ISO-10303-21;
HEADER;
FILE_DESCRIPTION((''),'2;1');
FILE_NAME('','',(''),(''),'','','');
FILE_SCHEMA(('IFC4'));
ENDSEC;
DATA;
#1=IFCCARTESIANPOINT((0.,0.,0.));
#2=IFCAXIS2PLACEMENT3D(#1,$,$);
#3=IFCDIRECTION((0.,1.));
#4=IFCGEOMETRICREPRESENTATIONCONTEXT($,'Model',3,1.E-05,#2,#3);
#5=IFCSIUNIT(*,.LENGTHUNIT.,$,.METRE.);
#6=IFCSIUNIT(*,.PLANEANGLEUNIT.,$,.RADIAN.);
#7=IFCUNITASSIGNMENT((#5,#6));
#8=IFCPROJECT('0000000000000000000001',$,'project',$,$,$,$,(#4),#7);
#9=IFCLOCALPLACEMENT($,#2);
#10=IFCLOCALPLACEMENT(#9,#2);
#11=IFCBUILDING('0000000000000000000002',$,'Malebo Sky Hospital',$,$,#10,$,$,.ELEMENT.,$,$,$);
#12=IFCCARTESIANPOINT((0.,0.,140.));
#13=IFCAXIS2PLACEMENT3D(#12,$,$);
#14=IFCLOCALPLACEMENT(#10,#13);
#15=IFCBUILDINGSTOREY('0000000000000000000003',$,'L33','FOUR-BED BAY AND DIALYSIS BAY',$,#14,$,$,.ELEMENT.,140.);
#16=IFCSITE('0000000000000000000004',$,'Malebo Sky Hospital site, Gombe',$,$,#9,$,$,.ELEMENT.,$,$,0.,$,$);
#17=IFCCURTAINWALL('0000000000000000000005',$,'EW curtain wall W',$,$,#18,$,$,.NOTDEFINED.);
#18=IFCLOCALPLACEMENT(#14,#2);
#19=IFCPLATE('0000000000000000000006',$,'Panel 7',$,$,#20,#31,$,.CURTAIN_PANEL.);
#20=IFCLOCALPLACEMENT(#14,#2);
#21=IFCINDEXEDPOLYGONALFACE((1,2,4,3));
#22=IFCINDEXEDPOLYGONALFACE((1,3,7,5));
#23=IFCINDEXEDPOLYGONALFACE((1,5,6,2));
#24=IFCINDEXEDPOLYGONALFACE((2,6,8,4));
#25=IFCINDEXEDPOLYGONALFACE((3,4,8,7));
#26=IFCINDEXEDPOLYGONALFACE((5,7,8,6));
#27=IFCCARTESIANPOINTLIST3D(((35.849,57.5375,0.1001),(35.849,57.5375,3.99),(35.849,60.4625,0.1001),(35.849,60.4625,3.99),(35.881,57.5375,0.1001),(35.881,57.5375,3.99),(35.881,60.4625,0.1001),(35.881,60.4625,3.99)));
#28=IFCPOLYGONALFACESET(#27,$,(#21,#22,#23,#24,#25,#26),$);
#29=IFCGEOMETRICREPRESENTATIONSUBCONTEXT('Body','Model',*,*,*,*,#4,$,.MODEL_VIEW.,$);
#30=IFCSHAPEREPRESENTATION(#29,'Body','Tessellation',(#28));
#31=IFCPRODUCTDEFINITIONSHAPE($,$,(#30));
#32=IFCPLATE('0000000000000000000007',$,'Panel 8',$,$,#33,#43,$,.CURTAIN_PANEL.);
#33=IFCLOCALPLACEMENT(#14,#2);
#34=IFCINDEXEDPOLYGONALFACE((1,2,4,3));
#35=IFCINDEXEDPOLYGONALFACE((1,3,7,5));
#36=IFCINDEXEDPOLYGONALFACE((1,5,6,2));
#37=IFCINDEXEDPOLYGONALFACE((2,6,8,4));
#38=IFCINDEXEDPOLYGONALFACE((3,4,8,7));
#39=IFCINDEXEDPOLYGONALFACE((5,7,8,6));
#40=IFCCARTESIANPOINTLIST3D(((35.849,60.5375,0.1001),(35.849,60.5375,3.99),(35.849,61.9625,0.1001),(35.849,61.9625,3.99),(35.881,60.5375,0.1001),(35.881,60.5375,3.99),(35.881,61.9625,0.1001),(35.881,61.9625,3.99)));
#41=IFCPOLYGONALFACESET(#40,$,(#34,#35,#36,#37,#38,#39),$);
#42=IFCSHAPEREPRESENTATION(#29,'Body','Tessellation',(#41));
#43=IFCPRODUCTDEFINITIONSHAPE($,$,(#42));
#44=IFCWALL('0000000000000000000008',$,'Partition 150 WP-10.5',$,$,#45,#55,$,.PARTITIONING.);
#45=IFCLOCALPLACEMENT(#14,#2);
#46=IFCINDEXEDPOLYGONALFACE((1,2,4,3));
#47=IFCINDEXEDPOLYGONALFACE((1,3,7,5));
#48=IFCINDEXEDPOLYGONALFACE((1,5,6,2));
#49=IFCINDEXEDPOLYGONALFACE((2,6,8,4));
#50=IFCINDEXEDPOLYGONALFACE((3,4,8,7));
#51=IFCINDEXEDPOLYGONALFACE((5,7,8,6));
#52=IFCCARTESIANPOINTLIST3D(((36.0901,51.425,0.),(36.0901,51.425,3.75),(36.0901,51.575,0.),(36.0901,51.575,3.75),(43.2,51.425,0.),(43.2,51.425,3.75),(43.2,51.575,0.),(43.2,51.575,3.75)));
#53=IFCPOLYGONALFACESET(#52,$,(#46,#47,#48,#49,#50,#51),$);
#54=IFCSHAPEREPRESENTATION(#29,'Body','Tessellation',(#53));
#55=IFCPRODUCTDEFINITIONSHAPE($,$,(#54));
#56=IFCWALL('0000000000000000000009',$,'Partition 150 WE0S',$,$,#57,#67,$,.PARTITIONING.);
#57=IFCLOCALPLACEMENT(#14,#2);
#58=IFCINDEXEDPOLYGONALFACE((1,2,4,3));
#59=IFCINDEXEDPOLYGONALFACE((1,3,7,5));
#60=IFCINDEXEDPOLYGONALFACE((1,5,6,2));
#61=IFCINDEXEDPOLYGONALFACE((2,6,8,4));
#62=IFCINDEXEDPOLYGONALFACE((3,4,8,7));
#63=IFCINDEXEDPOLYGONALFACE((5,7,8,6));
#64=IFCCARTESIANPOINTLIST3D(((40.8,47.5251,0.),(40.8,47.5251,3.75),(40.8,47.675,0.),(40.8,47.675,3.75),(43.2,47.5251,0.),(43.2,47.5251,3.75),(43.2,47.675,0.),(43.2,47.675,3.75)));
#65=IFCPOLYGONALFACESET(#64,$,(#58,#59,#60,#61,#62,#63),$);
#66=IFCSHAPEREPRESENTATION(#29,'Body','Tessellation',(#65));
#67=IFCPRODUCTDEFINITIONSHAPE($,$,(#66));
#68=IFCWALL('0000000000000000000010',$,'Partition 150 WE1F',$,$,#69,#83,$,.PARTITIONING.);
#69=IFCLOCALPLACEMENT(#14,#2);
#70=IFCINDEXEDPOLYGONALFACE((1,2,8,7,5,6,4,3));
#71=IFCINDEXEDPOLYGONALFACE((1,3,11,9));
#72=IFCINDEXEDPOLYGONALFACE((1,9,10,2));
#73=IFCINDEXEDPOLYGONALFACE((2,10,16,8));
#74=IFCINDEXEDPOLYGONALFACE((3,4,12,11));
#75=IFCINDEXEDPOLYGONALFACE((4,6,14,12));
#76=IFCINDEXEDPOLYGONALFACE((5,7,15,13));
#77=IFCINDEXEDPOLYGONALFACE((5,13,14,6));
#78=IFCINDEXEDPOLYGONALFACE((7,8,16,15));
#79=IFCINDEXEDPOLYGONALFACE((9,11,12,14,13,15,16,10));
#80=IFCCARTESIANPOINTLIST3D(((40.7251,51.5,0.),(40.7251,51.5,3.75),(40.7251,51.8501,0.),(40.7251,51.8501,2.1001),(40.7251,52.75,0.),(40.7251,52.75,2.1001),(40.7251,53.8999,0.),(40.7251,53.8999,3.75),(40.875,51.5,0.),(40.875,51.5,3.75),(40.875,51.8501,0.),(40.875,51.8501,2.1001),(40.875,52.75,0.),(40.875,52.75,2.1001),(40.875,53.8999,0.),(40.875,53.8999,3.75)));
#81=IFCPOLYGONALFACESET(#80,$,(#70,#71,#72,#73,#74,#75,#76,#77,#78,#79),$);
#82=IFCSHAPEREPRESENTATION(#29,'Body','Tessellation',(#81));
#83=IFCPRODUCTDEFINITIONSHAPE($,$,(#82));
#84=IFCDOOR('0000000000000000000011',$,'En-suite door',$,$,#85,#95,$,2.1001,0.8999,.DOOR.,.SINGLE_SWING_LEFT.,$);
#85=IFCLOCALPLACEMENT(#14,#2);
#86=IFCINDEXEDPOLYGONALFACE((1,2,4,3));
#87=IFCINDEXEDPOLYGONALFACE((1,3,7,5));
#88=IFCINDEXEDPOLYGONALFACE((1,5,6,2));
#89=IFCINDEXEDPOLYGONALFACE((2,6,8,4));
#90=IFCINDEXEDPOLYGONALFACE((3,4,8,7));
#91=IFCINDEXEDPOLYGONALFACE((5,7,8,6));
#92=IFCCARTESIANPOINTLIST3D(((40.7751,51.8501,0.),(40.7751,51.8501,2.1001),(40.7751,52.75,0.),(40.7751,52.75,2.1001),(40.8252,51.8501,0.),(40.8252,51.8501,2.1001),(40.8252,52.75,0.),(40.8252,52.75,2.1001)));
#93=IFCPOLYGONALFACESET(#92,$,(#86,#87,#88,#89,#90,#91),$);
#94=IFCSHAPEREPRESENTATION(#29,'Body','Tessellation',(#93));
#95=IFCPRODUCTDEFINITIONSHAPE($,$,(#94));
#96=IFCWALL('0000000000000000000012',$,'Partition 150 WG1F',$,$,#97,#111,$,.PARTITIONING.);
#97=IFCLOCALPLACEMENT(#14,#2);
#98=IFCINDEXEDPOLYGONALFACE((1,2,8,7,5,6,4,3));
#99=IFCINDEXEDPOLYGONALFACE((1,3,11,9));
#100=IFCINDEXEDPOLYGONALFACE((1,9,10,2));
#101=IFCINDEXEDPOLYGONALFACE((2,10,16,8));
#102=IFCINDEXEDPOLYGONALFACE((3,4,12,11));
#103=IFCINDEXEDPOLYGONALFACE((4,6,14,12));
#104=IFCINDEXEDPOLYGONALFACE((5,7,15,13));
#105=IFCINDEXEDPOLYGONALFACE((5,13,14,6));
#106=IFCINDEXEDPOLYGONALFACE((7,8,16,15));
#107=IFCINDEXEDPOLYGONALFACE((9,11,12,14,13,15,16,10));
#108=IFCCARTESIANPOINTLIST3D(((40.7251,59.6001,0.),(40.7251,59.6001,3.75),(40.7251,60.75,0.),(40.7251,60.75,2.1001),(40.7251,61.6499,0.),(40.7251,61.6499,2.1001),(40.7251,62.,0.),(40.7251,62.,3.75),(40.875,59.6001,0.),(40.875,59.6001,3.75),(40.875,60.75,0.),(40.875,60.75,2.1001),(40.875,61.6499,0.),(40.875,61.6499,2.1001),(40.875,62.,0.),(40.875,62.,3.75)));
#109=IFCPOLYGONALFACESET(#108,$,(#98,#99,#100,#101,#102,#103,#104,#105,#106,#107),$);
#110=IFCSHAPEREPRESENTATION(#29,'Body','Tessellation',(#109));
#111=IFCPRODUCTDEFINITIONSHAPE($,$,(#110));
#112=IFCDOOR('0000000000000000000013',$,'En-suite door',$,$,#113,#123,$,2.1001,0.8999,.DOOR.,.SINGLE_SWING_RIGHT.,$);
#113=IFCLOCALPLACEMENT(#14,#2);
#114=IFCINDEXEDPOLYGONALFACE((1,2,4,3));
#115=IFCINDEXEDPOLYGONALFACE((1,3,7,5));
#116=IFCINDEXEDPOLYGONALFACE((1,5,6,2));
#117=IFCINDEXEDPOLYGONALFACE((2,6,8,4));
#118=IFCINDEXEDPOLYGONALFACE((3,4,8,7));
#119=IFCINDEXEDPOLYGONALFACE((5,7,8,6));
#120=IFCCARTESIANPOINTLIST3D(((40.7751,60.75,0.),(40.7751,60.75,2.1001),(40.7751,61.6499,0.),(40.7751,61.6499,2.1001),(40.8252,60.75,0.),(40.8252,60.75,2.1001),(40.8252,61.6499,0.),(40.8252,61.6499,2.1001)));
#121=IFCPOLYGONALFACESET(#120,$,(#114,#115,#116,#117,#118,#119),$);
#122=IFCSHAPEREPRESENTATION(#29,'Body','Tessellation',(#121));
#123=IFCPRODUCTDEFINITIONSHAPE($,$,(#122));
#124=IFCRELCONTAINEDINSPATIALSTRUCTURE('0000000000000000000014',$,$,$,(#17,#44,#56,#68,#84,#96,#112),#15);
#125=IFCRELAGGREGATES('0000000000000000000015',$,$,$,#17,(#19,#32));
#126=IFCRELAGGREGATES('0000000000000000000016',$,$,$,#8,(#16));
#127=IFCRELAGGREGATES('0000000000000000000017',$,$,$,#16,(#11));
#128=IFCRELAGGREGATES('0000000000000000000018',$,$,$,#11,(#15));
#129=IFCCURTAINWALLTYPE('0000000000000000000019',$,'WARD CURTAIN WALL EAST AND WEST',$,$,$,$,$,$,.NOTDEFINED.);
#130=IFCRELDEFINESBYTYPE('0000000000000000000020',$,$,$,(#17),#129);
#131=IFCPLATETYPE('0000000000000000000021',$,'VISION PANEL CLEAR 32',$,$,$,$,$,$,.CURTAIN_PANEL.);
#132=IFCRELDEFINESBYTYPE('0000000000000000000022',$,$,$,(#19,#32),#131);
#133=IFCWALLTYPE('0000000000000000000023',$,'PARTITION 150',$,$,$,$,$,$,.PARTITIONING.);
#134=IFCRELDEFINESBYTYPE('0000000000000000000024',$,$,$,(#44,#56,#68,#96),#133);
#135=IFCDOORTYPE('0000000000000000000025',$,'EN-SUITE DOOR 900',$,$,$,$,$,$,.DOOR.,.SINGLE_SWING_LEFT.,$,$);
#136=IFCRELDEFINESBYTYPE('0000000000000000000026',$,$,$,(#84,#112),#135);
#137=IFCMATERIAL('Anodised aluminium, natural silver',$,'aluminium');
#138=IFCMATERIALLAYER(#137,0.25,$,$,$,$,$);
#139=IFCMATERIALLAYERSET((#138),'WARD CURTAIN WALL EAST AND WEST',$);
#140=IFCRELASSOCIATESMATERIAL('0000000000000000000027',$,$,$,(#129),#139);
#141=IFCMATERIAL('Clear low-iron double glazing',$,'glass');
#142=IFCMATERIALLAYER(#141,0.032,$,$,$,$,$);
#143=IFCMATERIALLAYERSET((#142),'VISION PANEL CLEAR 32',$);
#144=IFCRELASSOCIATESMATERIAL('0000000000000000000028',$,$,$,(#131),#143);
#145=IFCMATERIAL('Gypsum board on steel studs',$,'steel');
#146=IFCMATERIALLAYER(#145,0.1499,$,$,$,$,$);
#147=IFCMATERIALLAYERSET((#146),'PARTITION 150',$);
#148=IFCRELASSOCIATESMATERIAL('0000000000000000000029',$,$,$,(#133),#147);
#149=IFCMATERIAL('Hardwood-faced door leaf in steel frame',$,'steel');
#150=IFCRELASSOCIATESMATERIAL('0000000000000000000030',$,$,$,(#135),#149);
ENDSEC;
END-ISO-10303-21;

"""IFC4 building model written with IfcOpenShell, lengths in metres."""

from ifc_helpers import new_model, si_unit, direction, frame, frame_2d, origin, origin_2d, place, context, subcontext, project, spatial, rectangle, extrude, material, layer, layer_set, type_object, element, fill, aggregate, save


model = new_model("IFC4")

# Units and contexts
model_context = context("Model", 3, precision=1e-05, world=origin(), true_north=direction((0.0, 1.0)))
body_context = subcontext(model_context, "Body", "Model", "MODEL_VIEW")
ifc_project = project(units=[si_unit("LENGTHUNIT", "METRE"), si_unit("PLANEANGLEUNIT", "RADIAN")], contexts=[model_context])

# Site, building, storey
site_placement = place(None, origin())
site = spatial("IfcSite", under=ifc_project, at=site_placement, Name="Malebo Sky Hospital site, Gombe", CompositionType="ELEMENT", RefElevation=0.0)
building_placement = place(site_placement, origin())
building = spatial("IfcBuilding", under=site, at=building_placement, Name="Malebo Sky Hospital", CompositionType="ELEMENT")
storey_placement = place(building_placement, frame((0.0, 0.0, 140.0)))
storey = spatial("IfcBuildingStorey", under=building, at=storey_placement, Name="L33", Description="FOUR-BED BAY AND DIALYSIS BAY", CompositionType="ELEMENT", Elevation=140.0)

# Curtain wall
ifc_material_1 = material(Name="Anodised aluminium, natural silver", Category="aluminium")
ifc_layer_1 = layer(ifc_material_1, 0.25)
ifc_layer_set_1 = layer_set([ifc_layer_1], Name="WARD CURTAIN WALL EAST AND WEST")
curtain_wall_type = type_object("IfcCurtainWallType", Name="WARD CURTAIN WALL EAST AND WEST", PredefinedType="NOTDEFINED", material=ifc_layer_set_1)
curtain_wall_placement = place(storey_placement, origin())
curtain_wall = element("IfcCurtainWall", 1, at=curtain_wall_placement, inside=storey, type_object=curtain_wall_type, Name="EW curtain wall W", PredefinedType="NOTDEFINED")

# Plates
ifc_material_2 = material(Name="Clear low-iron double glazing", Category="glass")
ifc_layer_2 = layer(ifc_material_2, 0.032)
ifc_layer_set_2 = layer_set([ifc_layer_2], Name="VISION PANEL CLEAR 32")
plate_type = type_object("IfcPlateType", Name="VISION PANEL CLEAR 32", PredefinedType="CURTAIN_PANEL", material=ifc_layer_set_2)
plate_1_placement = place(storey_placement, frame((35.865, 59.0, 0.1001), z_axis=(0.0, 0.0, 1.0), x_axis=(0.0, 1.0, 0.0)))
plate_1 = element("IfcPlate", 2, at=plate_1_placement, type_object=plate_type, Name="Panel 7", PredefinedType="CURTAIN_PANEL", context=body_context, shape_type="SweptSolid", body=[
    extrude(rectangle(XDim=2.925, YDim=0.032, at=origin_2d()), origin(), (0.0, 0.0, 1.0), 3.8899),
])
plate_2_placement = place(storey_placement, frame((35.865, 61.25, 0.1001), z_axis=(0.0, 0.0, 1.0), x_axis=(0.0, 1.0, 0.0)))
plate_2 = element("IfcPlate", 3, at=plate_2_placement, type_object=plate_type, Name="Panel 8", PredefinedType="CURTAIN_PANEL", context=body_context, shape_type="SweptSolid", body=[
    extrude(rectangle(XDim=1.425, YDim=0.032, at=origin_2d()), origin(), (0.0, 0.0, 1.0), 3.8899),
])
aggregate(curtain_wall, [plate_1, plate_2])

# Walls
ifc_material_3 = material(Name="Gypsum board on steel studs", Category="steel")
ifc_layer_3 = layer(ifc_material_3, 0.1499)
ifc_layer_set_3 = layer_set([ifc_layer_3], Name="PARTITION 150")
wall_type = type_object("IfcWallType", Name="PARTITION 150", PredefinedType="PARTITIONING", material=ifc_layer_set_3)
wall_1_placement = place(storey_placement, frame((43.2, 51.5, 0.0), z_axis=(0.0, 0.0, 1.0), x_axis=(-1.0, 0.0, 0.0)))
element("IfcWall", 4, at=wall_1_placement, inside=storey, type_object=wall_type, Name="Partition 150 WP-10.5", PredefinedType="PARTITIONING", context=body_context, shape_type="SweptSolid", body=[
    extrude(rectangle(XDim=7.1099, YDim=0.1499, at=frame_2d((3.5549, 0.0))), origin(), (0.0, 0.0, 1.0), 3.75),
])
wall_2_placement = place(storey_placement, frame((43.2, 47.6001, 0.0), z_axis=(0.0, 0.0, 1.0), x_axis=(-1.0, 0.0, 0.0)))
element("IfcWall", 5, at=wall_2_placement, inside=storey, type_object=wall_type, Name="Partition 150 WE0S", PredefinedType="PARTITIONING", context=body_context, shape_type="SweptSolid", body=[
    extrude(rectangle(XDim=2.3999, YDim=0.1499, at=frame_2d((1.2, 0.0))), origin(), (0.0, 0.0, 1.0), 3.75),
])

# Walls, openings, doors
wall_3_placement = place(storey_placement, frame((40.8, 51.5, 0.0), z_axis=(0.0, 0.0, 1.0), x_axis=(0.0, 1.0, 0.0)))
wall_3 = element("IfcWall", 6, at=wall_3_placement, inside=storey, type_object=wall_type, Name="Partition 150 WE1F", PredefinedType="PARTITIONING", context=body_context, shape_type="SweptSolid", body=[
    extrude(rectangle(XDim=2.3999, YDim=0.1499, at=frame_2d((1.2, 0.0))), origin(), (0.0, 0.0, 1.0), 3.75),
])
opening_1_placement = place(wall_3_placement, frame((0.3501, 0.0, 0.0)))
opening_1 = element("IfcOpeningElement", 7, at=opening_1_placement, cuts=wall_3, PredefinedType="OPENING", context=body_context, shape_type="SweptSolid", body=[
    extrude(rectangle(XDim=0.8999, YDim=2.1001, at=frame_2d((0.45, 1.05))), frame((0.0, 0.085, 0.0), z_axis=(0.0, -1.0, 0.0), x_axis=(1.0, 0.0, 0.0)), (0.0, 0.0, 1.0), 0.1699),
])
ifc_material_4 = material(Name="Hardwood-faced door leaf in steel frame", Category="steel")
door_type = type_object("IfcDoorType", Name="EN-SUITE DOOR 900", OperationType="SINGLE_SWING_LEFT", PredefinedType="DOOR", material=ifc_material_4)
door_1_placement = place(opening_1_placement, origin())
door_1 = element("IfcDoor", 8, at=door_1_placement, inside=storey, type_object=door_type, Name="En-suite door", OperationType="SINGLE_SWING_LEFT", OverallHeight=2.1001, OverallWidth=0.8999, PredefinedType="DOOR", context=body_context, shape_type="SweptSolid", body=[
    extrude(rectangle(XDim=0.8999, YDim=2.1001, at=frame_2d((0.45, 1.05))), frame((0.0, 0.0249, 0.0), z_axis=(0.0, -1.0, 0.0), x_axis=(1.0, 0.0, 0.0)), (0.0, 0.0, 1.0), 0.05),
])
fill(opening_1, door_1)
wall_4_placement = place(storey_placement, frame((40.8, 59.6001, 0.0), z_axis=(0.0, 0.0, 1.0), x_axis=(0.0, 1.0, 0.0)))
wall_4 = element("IfcWall", 9, at=wall_4_placement, inside=storey, type_object=wall_type, Name="Partition 150 WG1F", PredefinedType="PARTITIONING", context=body_context, shape_type="SweptSolid", body=[
    extrude(rectangle(XDim=2.3999, YDim=0.1499, at=frame_2d((1.2, 0.0))), origin(), (0.0, 0.0, 1.0), 3.75),
])
opening_2_placement = place(wall_4_placement, frame((1.1499, 0.0, 0.0)))
opening_2 = element("IfcOpeningElement", 10, at=opening_2_placement, cuts=wall_4, PredefinedType="OPENING", context=body_context, shape_type="SweptSolid", body=[
    extrude(rectangle(XDim=0.8999, YDim=2.1001, at=frame_2d((0.45, 1.05))), frame((0.0, 0.085, 0.0), z_axis=(0.0, -1.0, 0.0), x_axis=(1.0, 0.0, 0.0)), (0.0, 0.0, 1.0), 0.1699),
])
door_2_placement = place(opening_2_placement, origin())
door_2 = element("IfcDoor", 11, at=door_2_placement, inside=storey, type_object=door_type, Name="En-suite door", OperationType="SINGLE_SWING_RIGHT", OverallHeight=2.1001, OverallWidth=0.8999, PredefinedType="DOOR", context=body_context, shape_type="SweptSolid", body=[
    extrude(rectangle(XDim=0.8999, YDim=2.1001, at=frame_2d((0.45, 1.05))), frame((0.0, 0.0249, 0.0), z_axis=(0.0, -1.0, 0.0), x_axis=(1.0, 0.0, 0.0)), (0.0, 0.0, 1.0), 0.05),
])
fill(opening_2, door_2)

save(model, "model.ifc")
